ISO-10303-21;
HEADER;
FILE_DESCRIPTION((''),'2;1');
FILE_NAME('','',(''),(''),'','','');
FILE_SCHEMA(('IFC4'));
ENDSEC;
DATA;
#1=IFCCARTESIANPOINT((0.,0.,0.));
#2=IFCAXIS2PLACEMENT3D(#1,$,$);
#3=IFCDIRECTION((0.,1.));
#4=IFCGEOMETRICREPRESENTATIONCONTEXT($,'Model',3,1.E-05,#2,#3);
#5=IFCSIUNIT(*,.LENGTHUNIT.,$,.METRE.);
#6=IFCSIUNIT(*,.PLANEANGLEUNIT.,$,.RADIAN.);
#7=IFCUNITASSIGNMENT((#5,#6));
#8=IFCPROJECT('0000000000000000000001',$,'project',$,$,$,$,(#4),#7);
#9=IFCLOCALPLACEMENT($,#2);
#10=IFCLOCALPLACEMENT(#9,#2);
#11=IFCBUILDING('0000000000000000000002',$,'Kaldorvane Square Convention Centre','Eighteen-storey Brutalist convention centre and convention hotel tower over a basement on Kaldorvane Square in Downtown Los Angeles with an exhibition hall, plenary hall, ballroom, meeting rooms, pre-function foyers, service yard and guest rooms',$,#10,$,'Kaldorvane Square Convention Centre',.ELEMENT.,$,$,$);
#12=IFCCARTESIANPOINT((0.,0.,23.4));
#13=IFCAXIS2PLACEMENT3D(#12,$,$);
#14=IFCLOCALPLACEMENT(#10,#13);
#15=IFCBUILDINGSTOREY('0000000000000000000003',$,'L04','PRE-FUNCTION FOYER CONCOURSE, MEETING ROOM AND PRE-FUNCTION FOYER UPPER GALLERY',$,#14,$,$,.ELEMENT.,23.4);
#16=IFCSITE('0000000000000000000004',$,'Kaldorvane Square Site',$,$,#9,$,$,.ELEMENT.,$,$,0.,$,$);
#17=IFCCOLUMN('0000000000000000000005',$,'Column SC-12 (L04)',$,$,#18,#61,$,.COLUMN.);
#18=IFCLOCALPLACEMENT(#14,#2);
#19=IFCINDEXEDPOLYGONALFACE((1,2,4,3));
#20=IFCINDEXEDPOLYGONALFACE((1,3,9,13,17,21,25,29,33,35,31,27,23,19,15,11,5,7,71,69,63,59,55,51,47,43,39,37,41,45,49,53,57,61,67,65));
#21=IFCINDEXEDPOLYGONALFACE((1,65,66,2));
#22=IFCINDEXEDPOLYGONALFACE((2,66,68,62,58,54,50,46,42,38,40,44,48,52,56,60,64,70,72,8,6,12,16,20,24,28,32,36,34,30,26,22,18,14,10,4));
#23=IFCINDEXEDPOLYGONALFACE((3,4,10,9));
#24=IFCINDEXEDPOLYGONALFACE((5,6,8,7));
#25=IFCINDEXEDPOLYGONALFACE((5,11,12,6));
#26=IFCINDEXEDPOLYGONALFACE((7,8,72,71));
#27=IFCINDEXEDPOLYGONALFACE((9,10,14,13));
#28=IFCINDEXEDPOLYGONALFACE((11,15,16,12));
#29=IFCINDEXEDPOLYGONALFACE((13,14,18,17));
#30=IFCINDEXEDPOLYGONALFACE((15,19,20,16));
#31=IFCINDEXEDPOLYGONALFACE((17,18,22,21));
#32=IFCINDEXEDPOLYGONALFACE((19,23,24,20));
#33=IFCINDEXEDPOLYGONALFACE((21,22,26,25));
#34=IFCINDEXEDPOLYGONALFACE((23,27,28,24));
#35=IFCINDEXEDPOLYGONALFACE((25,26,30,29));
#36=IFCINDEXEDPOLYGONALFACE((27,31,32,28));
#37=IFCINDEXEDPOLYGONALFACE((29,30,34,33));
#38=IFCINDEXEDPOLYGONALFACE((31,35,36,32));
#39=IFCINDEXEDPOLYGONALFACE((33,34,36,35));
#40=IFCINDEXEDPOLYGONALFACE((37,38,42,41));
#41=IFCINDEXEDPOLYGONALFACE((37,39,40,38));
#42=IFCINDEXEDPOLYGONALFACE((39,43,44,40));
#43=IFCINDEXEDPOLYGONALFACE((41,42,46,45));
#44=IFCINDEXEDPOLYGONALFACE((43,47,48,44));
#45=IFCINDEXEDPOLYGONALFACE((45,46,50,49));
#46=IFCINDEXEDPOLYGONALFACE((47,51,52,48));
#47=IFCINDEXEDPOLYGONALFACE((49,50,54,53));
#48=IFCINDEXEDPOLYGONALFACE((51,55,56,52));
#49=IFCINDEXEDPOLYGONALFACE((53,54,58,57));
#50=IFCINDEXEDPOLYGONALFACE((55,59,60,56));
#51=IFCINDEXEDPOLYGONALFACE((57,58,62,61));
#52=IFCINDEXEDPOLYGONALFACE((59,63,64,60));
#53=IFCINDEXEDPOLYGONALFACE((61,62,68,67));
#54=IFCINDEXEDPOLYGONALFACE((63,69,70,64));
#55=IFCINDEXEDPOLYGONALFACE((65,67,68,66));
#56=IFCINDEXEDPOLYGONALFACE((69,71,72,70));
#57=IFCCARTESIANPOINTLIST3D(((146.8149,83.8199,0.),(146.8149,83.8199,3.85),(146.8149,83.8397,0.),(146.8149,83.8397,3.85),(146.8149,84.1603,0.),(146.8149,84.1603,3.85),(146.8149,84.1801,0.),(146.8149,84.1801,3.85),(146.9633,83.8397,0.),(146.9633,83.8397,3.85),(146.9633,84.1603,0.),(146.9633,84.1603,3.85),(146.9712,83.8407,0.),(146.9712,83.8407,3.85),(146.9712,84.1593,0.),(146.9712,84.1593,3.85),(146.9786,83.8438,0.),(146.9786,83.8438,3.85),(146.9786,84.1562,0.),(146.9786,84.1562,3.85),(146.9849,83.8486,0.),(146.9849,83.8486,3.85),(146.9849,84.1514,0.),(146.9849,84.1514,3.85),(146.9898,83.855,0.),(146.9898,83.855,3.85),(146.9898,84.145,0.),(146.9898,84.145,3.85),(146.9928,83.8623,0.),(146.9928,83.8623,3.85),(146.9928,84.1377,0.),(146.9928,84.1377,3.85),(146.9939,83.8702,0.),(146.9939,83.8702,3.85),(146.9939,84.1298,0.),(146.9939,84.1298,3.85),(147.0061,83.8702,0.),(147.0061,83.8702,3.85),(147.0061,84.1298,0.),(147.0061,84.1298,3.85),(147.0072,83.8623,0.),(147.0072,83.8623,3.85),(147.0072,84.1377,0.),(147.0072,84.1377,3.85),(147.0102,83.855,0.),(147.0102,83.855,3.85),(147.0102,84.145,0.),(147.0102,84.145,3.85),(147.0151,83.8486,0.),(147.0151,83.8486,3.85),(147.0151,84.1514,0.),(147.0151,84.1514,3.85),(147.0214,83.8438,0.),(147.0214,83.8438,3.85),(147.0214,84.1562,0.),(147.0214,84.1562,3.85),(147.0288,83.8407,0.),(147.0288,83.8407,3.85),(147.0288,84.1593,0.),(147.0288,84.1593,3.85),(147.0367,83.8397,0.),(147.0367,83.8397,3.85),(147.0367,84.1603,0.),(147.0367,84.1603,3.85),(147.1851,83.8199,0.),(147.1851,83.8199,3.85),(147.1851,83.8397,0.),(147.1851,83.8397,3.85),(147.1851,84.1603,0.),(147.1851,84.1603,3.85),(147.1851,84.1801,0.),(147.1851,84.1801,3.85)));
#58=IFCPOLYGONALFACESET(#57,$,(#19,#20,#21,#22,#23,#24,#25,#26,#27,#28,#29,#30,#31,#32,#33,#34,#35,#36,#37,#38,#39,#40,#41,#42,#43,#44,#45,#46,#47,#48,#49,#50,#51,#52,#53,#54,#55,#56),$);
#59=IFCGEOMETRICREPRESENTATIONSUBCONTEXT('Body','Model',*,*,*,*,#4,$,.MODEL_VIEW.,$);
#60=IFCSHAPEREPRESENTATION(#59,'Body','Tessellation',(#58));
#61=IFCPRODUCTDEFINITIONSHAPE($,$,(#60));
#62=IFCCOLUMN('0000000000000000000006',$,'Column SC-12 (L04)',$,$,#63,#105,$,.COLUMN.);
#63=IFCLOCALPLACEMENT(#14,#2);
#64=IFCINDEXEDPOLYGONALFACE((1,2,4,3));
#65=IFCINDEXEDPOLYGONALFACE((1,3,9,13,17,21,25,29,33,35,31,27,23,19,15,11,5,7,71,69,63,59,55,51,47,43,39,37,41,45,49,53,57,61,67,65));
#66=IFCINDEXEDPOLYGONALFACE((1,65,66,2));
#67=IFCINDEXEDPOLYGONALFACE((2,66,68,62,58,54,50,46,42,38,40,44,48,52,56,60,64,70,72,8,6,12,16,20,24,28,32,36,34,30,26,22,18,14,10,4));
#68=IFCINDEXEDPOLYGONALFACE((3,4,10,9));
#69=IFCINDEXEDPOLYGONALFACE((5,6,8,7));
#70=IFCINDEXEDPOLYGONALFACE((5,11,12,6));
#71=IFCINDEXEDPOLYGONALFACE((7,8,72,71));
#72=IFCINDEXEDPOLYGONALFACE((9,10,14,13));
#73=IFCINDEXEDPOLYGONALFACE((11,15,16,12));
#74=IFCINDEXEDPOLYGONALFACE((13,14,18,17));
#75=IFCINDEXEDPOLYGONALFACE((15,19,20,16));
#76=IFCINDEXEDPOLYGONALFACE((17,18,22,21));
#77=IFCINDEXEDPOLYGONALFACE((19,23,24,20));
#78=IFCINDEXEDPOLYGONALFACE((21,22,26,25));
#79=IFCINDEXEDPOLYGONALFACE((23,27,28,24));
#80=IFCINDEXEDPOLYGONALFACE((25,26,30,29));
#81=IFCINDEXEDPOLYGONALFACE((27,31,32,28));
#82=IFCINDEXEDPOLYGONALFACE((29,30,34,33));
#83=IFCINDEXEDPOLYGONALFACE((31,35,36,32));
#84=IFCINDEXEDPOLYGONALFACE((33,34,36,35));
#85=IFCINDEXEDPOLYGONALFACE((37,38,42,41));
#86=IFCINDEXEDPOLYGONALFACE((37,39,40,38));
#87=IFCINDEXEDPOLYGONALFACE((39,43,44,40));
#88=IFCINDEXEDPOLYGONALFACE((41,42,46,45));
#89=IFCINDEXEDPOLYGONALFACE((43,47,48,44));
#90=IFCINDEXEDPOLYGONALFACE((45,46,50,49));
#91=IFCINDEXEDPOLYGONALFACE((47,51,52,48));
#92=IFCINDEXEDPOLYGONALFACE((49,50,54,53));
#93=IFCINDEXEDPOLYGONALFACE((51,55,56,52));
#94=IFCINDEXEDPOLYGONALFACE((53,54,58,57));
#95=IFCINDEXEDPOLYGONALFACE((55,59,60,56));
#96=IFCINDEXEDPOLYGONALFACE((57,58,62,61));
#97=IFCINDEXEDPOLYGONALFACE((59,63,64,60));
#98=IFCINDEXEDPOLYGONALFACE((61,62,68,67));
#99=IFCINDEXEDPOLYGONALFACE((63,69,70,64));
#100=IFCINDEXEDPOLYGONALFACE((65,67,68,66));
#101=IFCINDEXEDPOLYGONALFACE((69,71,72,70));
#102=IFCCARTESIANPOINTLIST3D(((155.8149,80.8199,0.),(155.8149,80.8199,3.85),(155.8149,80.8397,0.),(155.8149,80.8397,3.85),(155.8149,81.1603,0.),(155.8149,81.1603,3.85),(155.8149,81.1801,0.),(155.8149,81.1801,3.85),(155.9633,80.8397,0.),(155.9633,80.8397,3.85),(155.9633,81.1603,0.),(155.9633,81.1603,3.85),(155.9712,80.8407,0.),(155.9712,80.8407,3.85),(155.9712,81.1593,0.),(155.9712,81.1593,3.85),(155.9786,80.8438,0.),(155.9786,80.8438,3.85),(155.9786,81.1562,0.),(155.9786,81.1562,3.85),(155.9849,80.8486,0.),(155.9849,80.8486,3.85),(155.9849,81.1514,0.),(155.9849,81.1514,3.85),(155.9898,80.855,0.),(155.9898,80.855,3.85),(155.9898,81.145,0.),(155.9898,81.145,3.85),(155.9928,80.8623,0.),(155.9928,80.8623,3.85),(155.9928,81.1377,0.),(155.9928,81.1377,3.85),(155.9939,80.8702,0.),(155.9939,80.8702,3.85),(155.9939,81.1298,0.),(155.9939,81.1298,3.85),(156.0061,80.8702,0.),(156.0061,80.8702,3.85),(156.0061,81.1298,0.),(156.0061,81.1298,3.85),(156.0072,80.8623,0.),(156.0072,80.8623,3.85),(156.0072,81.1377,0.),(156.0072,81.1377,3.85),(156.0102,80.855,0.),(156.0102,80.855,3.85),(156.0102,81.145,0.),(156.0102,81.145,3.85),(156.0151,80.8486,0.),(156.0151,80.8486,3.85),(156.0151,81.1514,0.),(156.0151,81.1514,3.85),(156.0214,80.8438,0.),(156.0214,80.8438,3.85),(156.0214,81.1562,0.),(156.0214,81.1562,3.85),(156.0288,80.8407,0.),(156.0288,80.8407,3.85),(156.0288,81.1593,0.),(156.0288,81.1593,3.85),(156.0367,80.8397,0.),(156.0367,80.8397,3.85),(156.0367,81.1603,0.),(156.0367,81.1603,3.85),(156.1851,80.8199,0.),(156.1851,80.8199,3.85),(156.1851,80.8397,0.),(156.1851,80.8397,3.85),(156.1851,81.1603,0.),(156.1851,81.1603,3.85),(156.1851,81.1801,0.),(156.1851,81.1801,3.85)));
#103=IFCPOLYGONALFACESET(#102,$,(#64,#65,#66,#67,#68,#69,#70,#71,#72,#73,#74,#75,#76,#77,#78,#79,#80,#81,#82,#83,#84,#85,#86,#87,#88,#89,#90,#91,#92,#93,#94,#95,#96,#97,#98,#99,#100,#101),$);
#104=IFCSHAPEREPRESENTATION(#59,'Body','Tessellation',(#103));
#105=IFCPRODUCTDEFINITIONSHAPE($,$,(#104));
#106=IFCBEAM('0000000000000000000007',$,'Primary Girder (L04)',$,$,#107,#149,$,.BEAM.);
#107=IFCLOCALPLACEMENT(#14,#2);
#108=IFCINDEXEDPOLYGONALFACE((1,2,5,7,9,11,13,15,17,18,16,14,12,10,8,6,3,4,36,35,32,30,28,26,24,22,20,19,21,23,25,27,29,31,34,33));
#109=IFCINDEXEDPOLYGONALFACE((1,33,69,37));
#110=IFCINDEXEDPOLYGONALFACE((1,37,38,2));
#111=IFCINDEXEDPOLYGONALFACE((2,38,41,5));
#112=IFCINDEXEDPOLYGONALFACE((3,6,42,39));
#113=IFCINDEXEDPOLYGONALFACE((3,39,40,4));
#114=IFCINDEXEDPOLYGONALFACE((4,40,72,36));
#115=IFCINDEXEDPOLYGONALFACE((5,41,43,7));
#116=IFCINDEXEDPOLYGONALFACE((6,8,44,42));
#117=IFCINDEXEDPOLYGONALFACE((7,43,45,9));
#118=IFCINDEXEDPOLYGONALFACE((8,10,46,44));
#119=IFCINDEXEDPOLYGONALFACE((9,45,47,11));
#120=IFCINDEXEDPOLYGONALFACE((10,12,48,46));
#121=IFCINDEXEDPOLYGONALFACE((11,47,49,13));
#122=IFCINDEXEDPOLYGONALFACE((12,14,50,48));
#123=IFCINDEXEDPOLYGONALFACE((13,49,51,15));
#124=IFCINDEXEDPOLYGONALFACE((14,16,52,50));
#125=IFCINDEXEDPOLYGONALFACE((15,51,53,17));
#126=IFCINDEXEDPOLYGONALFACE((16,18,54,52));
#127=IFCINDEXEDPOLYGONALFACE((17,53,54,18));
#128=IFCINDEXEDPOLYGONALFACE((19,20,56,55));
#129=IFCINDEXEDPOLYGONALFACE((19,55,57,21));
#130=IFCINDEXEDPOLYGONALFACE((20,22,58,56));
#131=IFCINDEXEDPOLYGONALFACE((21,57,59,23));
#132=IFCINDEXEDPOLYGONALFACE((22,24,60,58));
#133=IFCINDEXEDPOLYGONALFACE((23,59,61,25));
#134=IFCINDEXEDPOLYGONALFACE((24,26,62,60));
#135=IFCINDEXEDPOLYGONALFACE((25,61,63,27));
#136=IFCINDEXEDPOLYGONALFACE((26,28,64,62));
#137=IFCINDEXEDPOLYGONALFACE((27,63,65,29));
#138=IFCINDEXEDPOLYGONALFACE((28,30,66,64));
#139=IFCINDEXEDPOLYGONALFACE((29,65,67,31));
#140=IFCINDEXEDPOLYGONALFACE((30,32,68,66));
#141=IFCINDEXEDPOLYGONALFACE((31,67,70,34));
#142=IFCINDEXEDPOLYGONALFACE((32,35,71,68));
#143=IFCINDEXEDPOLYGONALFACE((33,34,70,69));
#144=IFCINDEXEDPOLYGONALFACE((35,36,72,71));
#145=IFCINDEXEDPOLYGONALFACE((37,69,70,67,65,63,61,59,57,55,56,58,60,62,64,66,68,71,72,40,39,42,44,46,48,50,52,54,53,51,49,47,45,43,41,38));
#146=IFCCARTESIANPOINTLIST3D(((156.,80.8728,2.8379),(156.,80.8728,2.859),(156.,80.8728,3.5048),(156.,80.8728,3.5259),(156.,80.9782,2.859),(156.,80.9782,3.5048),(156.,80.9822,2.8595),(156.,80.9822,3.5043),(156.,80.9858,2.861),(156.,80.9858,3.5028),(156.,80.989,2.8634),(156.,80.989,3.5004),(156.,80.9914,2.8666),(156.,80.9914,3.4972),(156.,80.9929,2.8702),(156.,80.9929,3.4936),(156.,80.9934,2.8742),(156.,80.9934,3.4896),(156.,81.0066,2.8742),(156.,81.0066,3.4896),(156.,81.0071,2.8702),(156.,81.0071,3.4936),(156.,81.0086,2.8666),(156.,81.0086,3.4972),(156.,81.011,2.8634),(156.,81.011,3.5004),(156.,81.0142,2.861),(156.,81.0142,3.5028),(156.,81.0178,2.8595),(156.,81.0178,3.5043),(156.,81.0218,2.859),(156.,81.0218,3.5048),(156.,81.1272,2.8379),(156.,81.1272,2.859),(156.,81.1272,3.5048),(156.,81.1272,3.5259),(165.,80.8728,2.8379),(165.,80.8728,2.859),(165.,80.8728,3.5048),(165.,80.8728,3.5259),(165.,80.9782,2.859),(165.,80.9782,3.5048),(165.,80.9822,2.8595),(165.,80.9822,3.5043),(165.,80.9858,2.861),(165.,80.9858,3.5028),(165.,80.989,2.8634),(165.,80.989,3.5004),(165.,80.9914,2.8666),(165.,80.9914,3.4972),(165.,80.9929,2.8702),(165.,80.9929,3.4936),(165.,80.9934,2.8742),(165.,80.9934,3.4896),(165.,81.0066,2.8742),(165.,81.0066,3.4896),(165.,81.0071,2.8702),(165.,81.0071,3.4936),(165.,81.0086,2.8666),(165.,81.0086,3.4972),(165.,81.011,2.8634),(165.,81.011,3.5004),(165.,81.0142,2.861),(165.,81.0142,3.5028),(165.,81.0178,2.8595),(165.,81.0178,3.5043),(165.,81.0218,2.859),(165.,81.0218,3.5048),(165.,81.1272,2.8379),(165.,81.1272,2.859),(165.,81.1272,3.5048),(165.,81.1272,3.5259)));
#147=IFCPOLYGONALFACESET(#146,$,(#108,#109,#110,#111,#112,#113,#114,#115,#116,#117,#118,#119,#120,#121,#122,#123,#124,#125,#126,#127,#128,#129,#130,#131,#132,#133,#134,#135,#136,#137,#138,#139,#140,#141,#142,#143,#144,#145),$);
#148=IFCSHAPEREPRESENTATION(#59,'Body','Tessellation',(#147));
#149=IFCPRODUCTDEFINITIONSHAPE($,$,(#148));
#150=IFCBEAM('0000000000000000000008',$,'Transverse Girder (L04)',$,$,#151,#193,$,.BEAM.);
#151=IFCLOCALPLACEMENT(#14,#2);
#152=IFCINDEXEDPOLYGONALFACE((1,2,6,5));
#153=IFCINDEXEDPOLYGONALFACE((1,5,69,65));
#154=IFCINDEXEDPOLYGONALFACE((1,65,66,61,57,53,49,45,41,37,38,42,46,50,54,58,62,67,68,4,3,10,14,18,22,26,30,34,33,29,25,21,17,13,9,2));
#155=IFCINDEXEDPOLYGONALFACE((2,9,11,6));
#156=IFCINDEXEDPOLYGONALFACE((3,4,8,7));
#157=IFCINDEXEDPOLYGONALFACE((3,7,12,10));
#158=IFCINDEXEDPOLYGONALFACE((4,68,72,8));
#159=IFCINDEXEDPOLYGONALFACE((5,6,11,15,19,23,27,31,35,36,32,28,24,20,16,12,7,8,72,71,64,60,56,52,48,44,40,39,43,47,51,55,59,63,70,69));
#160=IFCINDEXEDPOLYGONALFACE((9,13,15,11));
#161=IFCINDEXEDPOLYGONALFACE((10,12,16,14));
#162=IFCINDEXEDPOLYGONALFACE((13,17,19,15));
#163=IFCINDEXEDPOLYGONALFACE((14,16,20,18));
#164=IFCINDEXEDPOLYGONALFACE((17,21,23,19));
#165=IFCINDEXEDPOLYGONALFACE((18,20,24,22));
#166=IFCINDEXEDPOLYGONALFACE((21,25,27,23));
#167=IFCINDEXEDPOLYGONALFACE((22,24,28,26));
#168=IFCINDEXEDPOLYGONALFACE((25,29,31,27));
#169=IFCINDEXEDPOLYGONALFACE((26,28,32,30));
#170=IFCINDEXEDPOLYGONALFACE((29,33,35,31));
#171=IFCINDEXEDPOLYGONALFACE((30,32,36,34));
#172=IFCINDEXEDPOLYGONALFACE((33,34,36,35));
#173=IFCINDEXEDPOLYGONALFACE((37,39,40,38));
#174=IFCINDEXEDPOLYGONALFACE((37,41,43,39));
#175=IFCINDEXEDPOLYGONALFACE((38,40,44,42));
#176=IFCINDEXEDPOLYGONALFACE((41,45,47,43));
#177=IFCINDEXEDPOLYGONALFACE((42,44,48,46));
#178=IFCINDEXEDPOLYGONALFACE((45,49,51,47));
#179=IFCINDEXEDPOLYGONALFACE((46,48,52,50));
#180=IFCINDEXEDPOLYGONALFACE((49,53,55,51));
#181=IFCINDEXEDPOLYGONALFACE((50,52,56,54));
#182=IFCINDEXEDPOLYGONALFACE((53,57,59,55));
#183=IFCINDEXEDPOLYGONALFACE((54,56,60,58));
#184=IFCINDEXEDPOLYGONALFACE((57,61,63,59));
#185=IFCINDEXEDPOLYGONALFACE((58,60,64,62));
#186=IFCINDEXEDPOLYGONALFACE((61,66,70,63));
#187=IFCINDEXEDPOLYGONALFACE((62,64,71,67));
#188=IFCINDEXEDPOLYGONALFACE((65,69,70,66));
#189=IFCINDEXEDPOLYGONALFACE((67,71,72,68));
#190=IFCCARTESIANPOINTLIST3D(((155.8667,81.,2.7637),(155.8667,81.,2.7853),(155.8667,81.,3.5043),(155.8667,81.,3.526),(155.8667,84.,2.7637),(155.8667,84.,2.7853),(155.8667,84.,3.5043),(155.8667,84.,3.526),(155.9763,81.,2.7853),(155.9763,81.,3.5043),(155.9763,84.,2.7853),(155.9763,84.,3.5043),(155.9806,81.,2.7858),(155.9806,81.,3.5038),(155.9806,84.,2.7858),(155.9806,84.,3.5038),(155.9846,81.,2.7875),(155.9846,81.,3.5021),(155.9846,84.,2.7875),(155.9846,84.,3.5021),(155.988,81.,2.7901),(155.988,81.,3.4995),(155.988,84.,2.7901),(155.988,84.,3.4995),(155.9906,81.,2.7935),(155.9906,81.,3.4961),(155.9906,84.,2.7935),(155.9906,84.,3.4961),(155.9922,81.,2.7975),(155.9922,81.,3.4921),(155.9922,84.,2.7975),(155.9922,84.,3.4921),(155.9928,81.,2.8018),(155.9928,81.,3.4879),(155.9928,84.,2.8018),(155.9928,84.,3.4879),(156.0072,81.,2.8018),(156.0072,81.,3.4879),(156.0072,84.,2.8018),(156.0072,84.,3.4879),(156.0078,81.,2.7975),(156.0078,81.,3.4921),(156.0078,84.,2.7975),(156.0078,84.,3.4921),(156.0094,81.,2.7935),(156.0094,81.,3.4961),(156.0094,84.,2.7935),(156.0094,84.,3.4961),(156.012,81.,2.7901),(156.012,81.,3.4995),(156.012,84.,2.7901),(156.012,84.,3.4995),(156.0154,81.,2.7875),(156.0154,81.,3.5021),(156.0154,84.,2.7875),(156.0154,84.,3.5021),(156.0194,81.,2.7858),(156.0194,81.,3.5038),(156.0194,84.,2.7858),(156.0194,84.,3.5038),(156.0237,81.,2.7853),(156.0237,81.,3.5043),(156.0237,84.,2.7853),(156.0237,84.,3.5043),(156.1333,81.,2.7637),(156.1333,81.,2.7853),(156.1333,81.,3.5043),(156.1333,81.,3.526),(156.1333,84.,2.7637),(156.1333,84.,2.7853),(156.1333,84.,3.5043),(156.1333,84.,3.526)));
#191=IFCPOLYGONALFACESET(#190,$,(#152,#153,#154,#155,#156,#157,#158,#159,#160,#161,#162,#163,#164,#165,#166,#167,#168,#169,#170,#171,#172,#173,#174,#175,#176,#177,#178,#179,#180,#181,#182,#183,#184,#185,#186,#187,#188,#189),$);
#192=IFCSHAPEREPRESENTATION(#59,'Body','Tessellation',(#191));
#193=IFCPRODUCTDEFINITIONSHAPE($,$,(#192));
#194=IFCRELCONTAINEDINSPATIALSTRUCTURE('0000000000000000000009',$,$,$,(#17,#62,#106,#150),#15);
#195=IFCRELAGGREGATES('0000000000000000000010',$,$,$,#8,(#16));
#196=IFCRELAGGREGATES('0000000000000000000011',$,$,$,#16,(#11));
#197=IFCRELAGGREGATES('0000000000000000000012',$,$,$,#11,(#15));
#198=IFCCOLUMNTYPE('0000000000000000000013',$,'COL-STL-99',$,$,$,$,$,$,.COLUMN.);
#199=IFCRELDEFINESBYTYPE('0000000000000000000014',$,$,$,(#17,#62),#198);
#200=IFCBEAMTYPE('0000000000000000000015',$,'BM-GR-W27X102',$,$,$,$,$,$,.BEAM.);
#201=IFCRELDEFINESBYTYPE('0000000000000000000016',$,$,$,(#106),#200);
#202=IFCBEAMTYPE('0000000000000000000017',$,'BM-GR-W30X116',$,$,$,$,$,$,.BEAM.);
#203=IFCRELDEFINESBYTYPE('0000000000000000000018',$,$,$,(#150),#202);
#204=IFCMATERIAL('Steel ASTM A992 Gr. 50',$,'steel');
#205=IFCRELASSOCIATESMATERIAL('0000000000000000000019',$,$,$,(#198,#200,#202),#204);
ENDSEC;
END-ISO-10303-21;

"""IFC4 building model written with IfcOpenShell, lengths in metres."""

from ifc_helpers import new_model, si_unit, direction, frame, origin, origin_2d, place, context, subcontext, project, spatial, i_section, extrude, material, material_profile, profile_set, type_object, element, save


model = new_model("IFC4")

# Units and contexts
model_context = context("Model", 3, precision=1e-05, world=origin(), true_north=direction((0.0, 1.0)))
body_context = subcontext(model_context, "Body", "Model", "MODEL_VIEW")
ifc_project = project(units=[si_unit("LENGTHUNIT", "METRE"), si_unit("PLANEANGLEUNIT", "RADIAN")], contexts=[model_context])

# Site, building, storey
site_placement = place(None, origin())
site = spatial("IfcSite", under=ifc_project, at=site_placement, Name="Kaldorvane Square Site", CompositionType="ELEMENT", RefElevation=0.0)
building_placement = place(site_placement, origin())
building = spatial("IfcBuilding", under=site, at=building_placement, Name="Kaldorvane Square Convention Centre", Description="Eighteen-storey Brutalist convention centre and convention hotel tower over a basement on Kaldorvane Square in Downtown Los Angeles with an exhibition hall, plenary hall, ballroom, meeting rooms, pre-function foyers, service yard and guest rooms", LongName="Kaldorvane Square Convention Centre", CompositionType="ELEMENT")
storey_placement = place(building_placement, frame((0.0, 0.0, 23.4)))
storey = spatial("IfcBuildingStorey", under=building, at=storey_placement, Name="L04", Description="PRE-FUNCTION FOYER CONCOURSE, MEETING ROOM AND PRE-FUNCTION FOYER UPPER GALLERY", CompositionType="ELEMENT", Elevation=23.4)

# Columns
ifc_material_1 = material(Name="Steel ASTM A992 Gr. 50", Category="steel")
ifc_material_profile_1 = material_profile(ifc_material_1, i_section(OverallWidth=0.3701, OverallDepth=0.3602, WebThickness=0.0123, FlangeThickness=0.0198, FilletRadius=0.0305, at=origin_2d()), Name="W14X99")
ifc_profile_set_1 = profile_set([ifc_material_profile_1], Name="Steel ASTM A992 Gr. 50")
column_type = type_object("IfcColumnType", Name="COL-STL-99", PredefinedType="COLUMN", material=ifc_profile_set_1)
for number, where, z_axis, x_axis, name in (
    (1, (147.0, 84.0, 0.0), (0.0, 0.0, 1.0), (1.0, 0.0, 0.0), "Column SC-12 (L04)"),
    (2, (156.0, 81.0, 0.0), (0.0, 0.0, 1.0), (1.0, 0.0, 0.0), "Column SC-12 (L04)"),
):
    element("IfcColumn", number, at=place(storey_placement, frame(where, z_axis=z_axis, x_axis=x_axis)), inside=storey, type_object=column_type, Name=name, PredefinedType="COLUMN", context=body_context, shape_type="SweptSolid", body=[
        extrude(i_section(OverallWidth=0.3701, OverallDepth=0.3602, WebThickness=0.0123, FlangeThickness=0.0198, FilletRadius=0.0305, at=origin_2d()), origin(), (0.0, 0.0, 1.0), 3.85),
    ])

# Beams
ifc_material_profile_2 = material_profile(ifc_material_1, i_section(OverallWidth=0.2544, OverallDepth=0.6881, WebThickness=0.0131, FlangeThickness=0.0211, FilletRadius=0.0152, at=origin_2d()), Name="W27X102")
ifc_profile_set_2 = profile_set([ifc_material_profile_2], Name="Steel ASTM A992 Gr. 50")
beam_type_1 = type_object("IfcBeamType", Name="BM-GR-W27X102", PredefinedType="BEAM", material=ifc_profile_set_2)
beam_1_placement = place(storey_placement, frame((156.0, 81.0, 3.1819), z_axis=(1.0, 0.0, 0.0), x_axis=(0.0, 1.0, 0.0)))
element("IfcBeam", 3, at=beam_1_placement, inside=storey, type_object=beam_type_1, Name="Primary Girder (L04)", PredefinedType="BEAM", context=body_context, shape_type="SweptSolid", body=[
    extrude(i_section(OverallWidth=0.2544, OverallDepth=0.6881, WebThickness=0.0131, FlangeThickness=0.0211, FilletRadius=0.0152, at=origin_2d()), origin(), (0.0, 0.0, 1.0), 9.0),
])
ifc_material_profile_3 = material_profile(ifc_material_1, i_section(OverallWidth=0.2666, OverallDepth=0.7623, WebThickness=0.0144, FlangeThickness=0.0216, FilletRadius=0.0165, at=origin_2d()), Name="W30X116")
ifc_profile_set_3 = profile_set([ifc_material_profile_3], Name="Steel ASTM A992 Gr. 50")
beam_type_2 = type_object("IfcBeamType", Name="BM-GR-W30X116", PredefinedType="BEAM", material=ifc_profile_set_3)
beam_2_placement = place(storey_placement, frame((156.0, 81.0, 3.1448), z_axis=(0.0, 1.0, 0.0), x_axis=(-1.0, 0.0, 0.0)))
element("IfcBeam", 4, at=beam_2_placement, inside=storey, type_object=beam_type_2, Name="Transverse Girder (L04)", PredefinedType="BEAM", context=body_context, shape_type="SweptSolid", body=[
    extrude(i_section(OverallWidth=0.2666, OverallDepth=0.7623, WebThickness=0.0144, FlangeThickness=0.0216, FilletRadius=0.0165, at=origin_2d()), origin(), (0.0, 0.0, 1.0), 3.0),
])

save(model, "model.ifc")
